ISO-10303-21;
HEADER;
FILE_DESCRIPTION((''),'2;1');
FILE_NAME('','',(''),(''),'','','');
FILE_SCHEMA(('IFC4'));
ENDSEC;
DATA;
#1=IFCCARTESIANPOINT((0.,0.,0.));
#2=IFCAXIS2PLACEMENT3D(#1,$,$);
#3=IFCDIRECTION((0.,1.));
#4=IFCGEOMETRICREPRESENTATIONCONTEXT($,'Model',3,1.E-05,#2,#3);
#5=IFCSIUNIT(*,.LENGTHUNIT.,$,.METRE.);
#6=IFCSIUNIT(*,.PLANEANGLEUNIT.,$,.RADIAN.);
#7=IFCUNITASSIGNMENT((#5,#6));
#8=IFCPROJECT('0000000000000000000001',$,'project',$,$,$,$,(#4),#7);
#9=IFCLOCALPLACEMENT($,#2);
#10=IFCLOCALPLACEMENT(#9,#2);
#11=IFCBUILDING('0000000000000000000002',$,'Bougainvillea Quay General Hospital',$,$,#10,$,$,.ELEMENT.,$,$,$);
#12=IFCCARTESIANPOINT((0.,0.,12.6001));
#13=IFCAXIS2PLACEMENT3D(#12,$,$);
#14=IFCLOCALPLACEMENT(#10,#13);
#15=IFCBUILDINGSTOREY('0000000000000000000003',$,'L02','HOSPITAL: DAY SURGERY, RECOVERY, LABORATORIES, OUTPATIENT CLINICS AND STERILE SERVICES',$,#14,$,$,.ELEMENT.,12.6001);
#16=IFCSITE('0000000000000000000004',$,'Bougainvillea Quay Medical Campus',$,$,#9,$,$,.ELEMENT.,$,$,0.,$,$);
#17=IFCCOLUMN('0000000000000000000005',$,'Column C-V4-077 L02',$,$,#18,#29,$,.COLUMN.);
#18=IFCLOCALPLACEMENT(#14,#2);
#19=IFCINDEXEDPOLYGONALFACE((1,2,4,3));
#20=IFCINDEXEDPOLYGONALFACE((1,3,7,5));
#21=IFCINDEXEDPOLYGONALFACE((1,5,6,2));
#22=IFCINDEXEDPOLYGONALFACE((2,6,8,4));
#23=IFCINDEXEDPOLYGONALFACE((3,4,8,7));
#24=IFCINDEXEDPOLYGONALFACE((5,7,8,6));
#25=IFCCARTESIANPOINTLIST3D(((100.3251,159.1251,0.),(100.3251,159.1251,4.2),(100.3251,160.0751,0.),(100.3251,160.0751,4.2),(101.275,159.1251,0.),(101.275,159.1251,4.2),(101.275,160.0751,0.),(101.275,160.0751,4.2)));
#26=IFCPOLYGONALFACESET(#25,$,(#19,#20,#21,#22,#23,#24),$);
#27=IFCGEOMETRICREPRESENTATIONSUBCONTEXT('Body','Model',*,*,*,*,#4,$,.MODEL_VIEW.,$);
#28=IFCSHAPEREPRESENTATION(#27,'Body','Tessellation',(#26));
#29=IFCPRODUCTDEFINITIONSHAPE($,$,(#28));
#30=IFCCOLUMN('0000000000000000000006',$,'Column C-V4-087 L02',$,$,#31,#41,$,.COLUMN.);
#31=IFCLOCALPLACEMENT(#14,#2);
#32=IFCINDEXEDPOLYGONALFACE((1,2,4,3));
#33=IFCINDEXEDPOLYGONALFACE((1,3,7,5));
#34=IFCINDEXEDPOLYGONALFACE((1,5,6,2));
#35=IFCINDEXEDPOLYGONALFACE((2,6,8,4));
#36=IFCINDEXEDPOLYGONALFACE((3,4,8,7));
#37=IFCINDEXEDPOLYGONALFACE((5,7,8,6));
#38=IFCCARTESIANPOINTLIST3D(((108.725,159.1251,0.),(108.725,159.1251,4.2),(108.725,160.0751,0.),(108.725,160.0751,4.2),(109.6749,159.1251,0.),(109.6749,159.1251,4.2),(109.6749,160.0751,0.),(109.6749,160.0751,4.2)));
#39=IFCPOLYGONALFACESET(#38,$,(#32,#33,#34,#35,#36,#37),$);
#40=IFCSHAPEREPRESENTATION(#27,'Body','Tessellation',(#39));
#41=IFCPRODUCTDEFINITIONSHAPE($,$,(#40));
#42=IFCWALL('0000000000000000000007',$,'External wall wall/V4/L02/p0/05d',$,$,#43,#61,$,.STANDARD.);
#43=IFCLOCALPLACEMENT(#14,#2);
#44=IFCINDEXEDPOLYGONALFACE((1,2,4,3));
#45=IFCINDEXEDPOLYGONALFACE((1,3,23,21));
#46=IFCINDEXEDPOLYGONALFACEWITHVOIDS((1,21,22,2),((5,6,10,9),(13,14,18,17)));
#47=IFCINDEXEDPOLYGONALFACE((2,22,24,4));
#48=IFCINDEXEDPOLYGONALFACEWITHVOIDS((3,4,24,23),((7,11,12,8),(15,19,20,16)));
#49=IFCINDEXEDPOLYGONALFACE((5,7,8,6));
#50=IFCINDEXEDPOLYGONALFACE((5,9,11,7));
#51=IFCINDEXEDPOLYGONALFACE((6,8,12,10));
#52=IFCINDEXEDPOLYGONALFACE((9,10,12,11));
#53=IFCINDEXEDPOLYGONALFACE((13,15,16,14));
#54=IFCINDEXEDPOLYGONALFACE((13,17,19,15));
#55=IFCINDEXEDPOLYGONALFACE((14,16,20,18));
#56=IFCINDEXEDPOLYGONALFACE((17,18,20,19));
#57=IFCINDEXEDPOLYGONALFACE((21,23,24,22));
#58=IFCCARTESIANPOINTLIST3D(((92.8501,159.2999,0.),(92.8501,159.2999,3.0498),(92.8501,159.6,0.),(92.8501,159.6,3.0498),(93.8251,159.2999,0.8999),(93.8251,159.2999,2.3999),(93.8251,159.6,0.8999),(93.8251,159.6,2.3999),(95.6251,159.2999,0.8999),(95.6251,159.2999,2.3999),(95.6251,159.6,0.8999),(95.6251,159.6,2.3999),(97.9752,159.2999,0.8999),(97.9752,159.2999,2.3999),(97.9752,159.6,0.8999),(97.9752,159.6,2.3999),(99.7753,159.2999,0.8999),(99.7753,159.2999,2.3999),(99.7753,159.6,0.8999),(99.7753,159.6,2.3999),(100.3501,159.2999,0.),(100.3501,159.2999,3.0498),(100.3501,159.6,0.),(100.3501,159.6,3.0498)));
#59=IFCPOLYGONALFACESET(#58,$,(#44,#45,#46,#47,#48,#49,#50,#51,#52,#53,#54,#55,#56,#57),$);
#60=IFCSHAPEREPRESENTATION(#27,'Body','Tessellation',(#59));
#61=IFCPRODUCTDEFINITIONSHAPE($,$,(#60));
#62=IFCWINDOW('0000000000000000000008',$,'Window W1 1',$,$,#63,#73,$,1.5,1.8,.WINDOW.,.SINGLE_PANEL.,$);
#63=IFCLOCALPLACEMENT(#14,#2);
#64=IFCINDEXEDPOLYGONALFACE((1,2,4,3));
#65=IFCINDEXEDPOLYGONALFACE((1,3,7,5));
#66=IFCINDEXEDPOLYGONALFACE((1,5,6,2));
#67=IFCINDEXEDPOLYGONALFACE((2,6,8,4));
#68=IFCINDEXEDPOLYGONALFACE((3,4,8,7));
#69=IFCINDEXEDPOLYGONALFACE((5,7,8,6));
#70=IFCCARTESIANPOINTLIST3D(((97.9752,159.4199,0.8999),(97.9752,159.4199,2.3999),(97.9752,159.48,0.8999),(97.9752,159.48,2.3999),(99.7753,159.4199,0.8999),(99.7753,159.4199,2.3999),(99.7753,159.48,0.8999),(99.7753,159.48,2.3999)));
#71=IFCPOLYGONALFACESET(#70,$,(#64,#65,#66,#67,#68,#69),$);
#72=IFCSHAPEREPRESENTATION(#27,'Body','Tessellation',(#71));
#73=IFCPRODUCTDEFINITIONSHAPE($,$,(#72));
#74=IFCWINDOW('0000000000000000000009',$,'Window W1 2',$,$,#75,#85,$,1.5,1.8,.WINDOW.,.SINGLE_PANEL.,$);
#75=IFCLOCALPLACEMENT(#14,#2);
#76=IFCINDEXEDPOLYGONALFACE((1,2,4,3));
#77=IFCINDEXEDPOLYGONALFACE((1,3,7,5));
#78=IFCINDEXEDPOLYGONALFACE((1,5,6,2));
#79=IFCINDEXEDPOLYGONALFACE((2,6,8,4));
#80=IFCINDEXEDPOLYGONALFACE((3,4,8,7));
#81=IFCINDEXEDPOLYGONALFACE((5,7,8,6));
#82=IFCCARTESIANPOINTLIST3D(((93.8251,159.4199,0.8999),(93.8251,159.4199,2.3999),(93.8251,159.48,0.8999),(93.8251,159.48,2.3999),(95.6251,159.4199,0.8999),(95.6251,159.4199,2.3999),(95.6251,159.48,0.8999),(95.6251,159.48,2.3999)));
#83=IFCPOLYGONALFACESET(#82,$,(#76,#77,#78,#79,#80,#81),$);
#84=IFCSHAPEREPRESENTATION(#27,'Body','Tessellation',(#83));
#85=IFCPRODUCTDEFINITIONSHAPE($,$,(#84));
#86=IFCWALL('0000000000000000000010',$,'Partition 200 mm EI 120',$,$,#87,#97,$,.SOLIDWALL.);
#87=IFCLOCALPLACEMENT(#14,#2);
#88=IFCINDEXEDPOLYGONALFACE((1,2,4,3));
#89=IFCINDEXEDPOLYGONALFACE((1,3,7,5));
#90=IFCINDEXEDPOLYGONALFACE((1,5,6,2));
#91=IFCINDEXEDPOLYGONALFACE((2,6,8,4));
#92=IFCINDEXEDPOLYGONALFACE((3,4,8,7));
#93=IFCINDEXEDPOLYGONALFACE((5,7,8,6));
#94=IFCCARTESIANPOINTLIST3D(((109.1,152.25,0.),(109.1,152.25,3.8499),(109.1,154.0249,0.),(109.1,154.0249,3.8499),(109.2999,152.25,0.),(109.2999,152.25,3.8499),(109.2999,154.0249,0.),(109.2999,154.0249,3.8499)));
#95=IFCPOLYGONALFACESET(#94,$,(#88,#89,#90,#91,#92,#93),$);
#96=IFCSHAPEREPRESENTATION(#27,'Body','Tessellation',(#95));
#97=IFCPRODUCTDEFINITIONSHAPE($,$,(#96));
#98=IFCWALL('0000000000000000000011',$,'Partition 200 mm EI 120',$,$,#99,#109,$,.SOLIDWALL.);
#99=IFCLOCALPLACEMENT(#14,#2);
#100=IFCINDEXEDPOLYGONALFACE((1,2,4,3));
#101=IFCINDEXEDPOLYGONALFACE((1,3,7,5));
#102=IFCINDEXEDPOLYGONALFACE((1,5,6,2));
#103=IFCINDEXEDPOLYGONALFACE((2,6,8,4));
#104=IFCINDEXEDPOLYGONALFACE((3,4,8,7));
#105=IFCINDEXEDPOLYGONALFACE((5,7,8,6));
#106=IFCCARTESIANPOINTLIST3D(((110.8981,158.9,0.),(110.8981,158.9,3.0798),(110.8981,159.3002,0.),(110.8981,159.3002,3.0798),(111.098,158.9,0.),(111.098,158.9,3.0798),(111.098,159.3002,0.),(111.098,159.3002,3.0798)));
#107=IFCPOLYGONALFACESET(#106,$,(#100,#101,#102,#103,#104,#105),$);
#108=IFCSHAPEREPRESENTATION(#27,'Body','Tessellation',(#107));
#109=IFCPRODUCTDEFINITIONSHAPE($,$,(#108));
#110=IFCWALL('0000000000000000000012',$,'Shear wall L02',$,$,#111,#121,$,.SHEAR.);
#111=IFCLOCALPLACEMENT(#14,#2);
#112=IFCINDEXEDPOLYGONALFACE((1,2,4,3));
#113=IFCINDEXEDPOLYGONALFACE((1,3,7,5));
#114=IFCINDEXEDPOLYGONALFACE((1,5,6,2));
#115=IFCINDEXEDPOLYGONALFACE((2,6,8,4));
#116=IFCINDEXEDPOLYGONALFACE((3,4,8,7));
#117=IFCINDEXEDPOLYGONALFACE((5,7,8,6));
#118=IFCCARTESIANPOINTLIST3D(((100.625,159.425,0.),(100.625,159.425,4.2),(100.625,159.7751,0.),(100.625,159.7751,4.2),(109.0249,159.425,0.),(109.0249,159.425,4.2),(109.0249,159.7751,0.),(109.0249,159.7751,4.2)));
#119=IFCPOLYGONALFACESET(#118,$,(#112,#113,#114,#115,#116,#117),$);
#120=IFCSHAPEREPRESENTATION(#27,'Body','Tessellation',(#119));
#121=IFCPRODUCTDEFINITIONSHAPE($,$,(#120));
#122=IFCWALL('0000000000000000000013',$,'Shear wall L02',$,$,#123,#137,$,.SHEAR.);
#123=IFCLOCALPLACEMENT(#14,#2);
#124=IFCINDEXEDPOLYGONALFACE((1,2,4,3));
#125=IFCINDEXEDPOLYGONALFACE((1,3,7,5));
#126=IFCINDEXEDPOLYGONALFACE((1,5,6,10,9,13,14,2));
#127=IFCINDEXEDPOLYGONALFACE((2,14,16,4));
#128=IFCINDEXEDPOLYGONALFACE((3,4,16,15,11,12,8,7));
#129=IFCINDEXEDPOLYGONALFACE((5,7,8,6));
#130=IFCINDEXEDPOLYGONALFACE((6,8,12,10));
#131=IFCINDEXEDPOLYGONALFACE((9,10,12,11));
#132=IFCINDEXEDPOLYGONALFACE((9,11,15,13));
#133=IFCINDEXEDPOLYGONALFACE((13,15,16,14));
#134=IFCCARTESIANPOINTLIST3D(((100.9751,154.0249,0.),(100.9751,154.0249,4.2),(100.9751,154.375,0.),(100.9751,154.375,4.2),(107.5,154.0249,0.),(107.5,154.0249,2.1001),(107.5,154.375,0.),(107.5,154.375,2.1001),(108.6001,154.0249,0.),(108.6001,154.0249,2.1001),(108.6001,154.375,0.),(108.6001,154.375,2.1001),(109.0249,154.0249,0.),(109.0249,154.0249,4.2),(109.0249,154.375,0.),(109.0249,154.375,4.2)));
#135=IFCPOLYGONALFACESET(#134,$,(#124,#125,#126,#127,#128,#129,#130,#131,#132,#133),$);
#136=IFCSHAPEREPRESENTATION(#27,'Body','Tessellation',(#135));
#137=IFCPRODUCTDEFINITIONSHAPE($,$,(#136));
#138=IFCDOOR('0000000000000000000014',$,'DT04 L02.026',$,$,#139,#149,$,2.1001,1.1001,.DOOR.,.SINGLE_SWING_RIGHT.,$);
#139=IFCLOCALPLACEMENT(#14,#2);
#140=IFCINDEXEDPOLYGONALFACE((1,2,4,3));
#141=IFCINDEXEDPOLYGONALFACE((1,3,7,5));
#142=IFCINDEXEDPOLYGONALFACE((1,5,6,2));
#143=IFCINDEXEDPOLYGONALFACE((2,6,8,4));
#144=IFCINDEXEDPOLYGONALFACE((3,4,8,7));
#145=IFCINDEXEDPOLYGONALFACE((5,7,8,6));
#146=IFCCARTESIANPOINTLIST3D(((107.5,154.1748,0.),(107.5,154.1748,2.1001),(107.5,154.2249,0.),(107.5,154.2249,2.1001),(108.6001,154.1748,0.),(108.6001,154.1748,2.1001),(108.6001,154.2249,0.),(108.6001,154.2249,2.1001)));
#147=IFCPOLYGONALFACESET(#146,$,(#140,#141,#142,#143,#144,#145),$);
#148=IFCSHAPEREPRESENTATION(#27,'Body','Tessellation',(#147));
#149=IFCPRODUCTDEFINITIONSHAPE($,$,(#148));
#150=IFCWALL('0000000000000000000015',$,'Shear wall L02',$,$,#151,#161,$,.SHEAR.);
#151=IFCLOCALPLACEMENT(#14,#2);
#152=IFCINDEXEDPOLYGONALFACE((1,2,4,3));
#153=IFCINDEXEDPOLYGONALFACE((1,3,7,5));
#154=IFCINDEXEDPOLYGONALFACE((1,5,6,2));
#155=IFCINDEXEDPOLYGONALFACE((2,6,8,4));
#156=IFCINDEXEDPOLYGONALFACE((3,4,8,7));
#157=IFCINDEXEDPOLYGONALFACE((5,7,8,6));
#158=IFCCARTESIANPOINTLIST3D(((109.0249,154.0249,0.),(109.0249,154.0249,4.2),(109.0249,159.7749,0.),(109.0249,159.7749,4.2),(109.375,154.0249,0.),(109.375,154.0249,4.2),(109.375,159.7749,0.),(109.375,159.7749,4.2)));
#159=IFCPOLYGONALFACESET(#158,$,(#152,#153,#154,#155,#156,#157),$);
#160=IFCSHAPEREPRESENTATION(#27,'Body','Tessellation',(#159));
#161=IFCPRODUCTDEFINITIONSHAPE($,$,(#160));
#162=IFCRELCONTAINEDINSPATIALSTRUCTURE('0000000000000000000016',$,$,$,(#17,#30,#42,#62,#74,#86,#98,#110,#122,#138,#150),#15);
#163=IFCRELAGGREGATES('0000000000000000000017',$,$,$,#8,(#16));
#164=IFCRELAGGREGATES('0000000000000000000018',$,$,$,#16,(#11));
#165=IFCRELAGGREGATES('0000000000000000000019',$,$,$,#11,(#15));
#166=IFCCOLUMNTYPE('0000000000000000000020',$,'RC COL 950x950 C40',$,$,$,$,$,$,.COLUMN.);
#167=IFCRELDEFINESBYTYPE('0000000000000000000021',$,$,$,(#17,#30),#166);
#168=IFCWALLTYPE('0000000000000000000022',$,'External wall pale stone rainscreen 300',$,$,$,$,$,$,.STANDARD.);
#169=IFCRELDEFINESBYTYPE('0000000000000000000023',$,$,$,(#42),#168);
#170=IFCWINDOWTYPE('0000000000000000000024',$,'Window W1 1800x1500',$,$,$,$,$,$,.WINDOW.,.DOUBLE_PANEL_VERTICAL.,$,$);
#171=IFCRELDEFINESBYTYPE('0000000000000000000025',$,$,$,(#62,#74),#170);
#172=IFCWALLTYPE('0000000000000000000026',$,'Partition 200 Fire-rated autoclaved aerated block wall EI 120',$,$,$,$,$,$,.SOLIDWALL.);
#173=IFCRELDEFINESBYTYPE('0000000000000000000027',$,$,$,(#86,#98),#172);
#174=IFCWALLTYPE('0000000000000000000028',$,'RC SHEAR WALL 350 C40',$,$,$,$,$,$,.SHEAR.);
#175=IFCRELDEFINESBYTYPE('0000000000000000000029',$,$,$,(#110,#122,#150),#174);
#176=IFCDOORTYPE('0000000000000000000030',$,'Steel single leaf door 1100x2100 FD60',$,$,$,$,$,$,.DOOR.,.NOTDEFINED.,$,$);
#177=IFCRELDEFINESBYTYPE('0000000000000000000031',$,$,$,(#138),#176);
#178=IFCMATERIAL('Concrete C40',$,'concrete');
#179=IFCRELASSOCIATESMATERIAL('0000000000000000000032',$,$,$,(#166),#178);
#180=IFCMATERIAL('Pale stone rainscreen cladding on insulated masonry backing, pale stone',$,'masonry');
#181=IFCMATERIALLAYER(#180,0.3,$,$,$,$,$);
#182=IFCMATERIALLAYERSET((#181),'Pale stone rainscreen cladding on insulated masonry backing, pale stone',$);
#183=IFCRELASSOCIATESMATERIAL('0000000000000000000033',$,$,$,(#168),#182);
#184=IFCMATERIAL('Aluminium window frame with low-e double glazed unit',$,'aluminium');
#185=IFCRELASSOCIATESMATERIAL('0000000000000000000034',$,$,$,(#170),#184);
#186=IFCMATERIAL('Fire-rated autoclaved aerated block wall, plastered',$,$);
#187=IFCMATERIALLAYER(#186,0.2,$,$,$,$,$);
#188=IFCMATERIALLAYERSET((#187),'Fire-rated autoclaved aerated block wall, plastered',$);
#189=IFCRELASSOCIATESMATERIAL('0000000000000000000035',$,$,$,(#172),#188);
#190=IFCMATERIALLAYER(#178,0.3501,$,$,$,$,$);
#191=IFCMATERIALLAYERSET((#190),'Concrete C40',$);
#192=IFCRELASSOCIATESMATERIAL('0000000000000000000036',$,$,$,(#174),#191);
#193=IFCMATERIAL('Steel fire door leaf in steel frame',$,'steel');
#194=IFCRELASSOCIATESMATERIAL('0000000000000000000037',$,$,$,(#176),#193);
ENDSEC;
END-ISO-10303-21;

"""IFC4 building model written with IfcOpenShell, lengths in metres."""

from ifc_helpers import new_model, si_unit, direction, frame, frame_2d, origin, origin_2d, place, context, subcontext, project, spatial, rectangle, extrude, material, layer, layer_set, material_profile, profile_set, type_object, element, fill, save


model = new_model("IFC4")

# Units and contexts
model_context = context("Model", 3, precision=1e-05, world=origin(), true_north=direction((0.0, 1.0)))
body_context = subcontext(model_context, "Body", "Model", "MODEL_VIEW")
ifc_project = project(units=[si_unit("LENGTHUNIT", "METRE"), si_unit("PLANEANGLEUNIT", "RADIAN")], contexts=[model_context])

# Site, building, storey
site_placement = place(None, origin())
site = spatial("IfcSite", under=ifc_project, at=site_placement, Name="Bougainvillea Quay Medical Campus", CompositionType="ELEMENT", RefElevation=0.0)
building_placement = place(site_placement, origin())
building = spatial("IfcBuilding", under=site, at=building_placement, Name="Bougainvillea Quay General Hospital", CompositionType="ELEMENT")
storey_placement = place(building_placement, frame((0.0, 0.0, 12.6001)))
storey = spatial("IfcBuildingStorey", under=building, at=storey_placement, Name="L02", Description="HOSPITAL: DAY SURGERY, RECOVERY, LABORATORIES, OUTPATIENT CLINICS AND STERILE SERVICES", CompositionType="ELEMENT", Elevation=12.6001)

# Columns
ifc_material_1 = material(Name="Concrete C40", Category="concrete")
ifc_material_profile = material_profile(ifc_material_1, rectangle(XDim=0.95, YDim=0.95, at=origin_2d()))
ifc_profile_set = profile_set([ifc_material_profile], Name="Concrete C40")
column_type = type_object("IfcColumnType", Name="RC COL 950x950 C40", PredefinedType="COLUMN", material=ifc_profile_set)
for number, where, z_axis, x_axis, name in (
    (1, (100.8, 159.6001, 0.0), (0.0, 0.0, 1.0), (1.0, 0.0, 0.0), "Column C-V4-077 L02"),
    (2, (109.2, 159.6001, 0.0), (0.0, 0.0, 1.0), (1.0, 0.0, 0.0), "Column C-V4-087 L02"),
):
    element("IfcColumn", number, at=place(storey_placement, frame(where, z_axis=z_axis, x_axis=x_axis)), inside=storey, type_object=column_type, Name=name, PredefinedType="COLUMN", context=body_context, shape_type="SweptSolid", body=[
        extrude(rectangle(XDim=0.95, YDim=0.95, at=origin_2d()), origin(), (0.0, 0.0, 1.0), 4.2),
    ])

# Wall, openings, windows
ifc_material_2 = material(Name="Pale stone rainscreen cladding on insulated masonry backing, pale stone", Category="masonry")
ifc_layer_1 = layer(ifc_material_2, 0.3)
ifc_layer_set_1 = layer_set([ifc_layer_1], Name="Pale stone rainscreen cladding on insulated masonry backing, pale stone")
wall_type_1 = type_object("IfcWallType", Name="External wall pale stone rainscreen 300", PredefinedType="STANDARD", material=ifc_layer_set_1)
wall_1_placement = place(storey_placement, frame((100.3501, 159.45, 0.0), z_axis=(0.0, 0.0, 1.0), x_axis=(-1.0, 0.0, 0.0)))
wall_1 = element("IfcWall", 3, at=wall_1_placement, inside=storey, type_object=wall_type_1, Name="External wall wall/V4/L02/p0/05d", PredefinedType="STANDARD", context=body_context, shape_type="SweptSolid", body=[
    extrude(rectangle(XDim=7.5, YDim=0.3, at=frame_2d((3.75, 0.0))), origin(), (0.0, 0.0, 1.0), 3.0498),
])
opening_1_placement = place(wall_1_placement, frame((0.575, 0.0, 0.8999)))
opening_1 = element("IfcOpeningElement", 4, at=opening_1_placement, cuts=wall_1, PredefinedType="OPENING", context=body_context, shape_type="SweptSolid", body=[
    extrude(rectangle(XDim=1.8, YDim=1.5, at=frame_2d((0.8999, 0.75))), frame((0.0, 0.1599, 0.0), z_axis=(0.0, -1.0, 0.0), x_axis=(1.0, 0.0, 0.0)), (0.0, 0.0, 1.0), 0.3201),
])
opening_2_placement = place(wall_1_placement, frame((4.7251, 0.0, 0.8999)))
opening_2 = element("IfcOpeningElement", 5, at=opening_2_placement, cuts=wall_1, PredefinedType="OPENING", context=body_context, shape_type="SweptSolid", body=[
    extrude(rectangle(XDim=1.8, YDim=1.5, at=frame_2d((0.8999, 0.75))), frame((0.0, 0.1599, 0.0), z_axis=(0.0, -1.0, 0.0), x_axis=(1.0, 0.0, 0.0)), (0.0, 0.0, 1.0), 0.3201),
])
ifc_material_3 = material(Name="Aluminium window frame with low-e double glazed unit", Category="aluminium")
window_type = type_object("IfcWindowType", Name="Window W1 1800x1500", PartitioningType="DOUBLE_PANEL_VERTICAL", PredefinedType="WINDOW", material=ifc_material_3)
window_1_placement = place(opening_1_placement, origin())
window_1 = element("IfcWindow", 6, at=window_1_placement, inside=storey, type_object=window_type, Name="Window W1 1", OverallHeight=1.5, OverallWidth=1.8, PartitioningType="SINGLE_PANEL", PredefinedType="WINDOW", context=body_context, shape_type="SweptSolid", body=[
    extrude(rectangle(XDim=1.8, YDim=1.5, at=frame_2d((0.8999, 0.75))), frame((0.0, 0.03, 0.0), z_axis=(0.0, -1.0, 0.0), x_axis=(1.0, 0.0, 0.0)), (0.0, 0.0, 1.0), 0.0601),
])
fill(opening_1, window_1)
window_2_placement = place(opening_2_placement, origin())
window_2 = element("IfcWindow", 7, at=window_2_placement, inside=storey, type_object=window_type, Name="Window W1 2", OverallHeight=1.5, OverallWidth=1.8, PartitioningType="SINGLE_PANEL", PredefinedType="WINDOW", context=body_context, shape_type="SweptSolid", body=[
    extrude(rectangle(XDim=1.8, YDim=1.5, at=frame_2d((0.8999, 0.75))), frame((0.0, 0.03, 0.0), z_axis=(0.0, -1.0, 0.0), x_axis=(1.0, 0.0, 0.0)), (0.0, 0.0, 1.0), 0.0601),
])
fill(opening_2, window_2)

# Walls
ifc_material_4 = material(Name="Fire-rated autoclaved aerated block wall, plastered")
ifc_layer_2 = layer(ifc_material_4, 0.2)
ifc_layer_set_2 = layer_set([ifc_layer_2], Name="Fire-rated autoclaved aerated block wall, plastered")
wall_type_2 = type_object("IfcWallType", Name="Partition 200 Fire-rated autoclaved aerated block wall EI 120", PredefinedType="SOLIDWALL", material=ifc_layer_set_2)
wall_2_placement = place(storey_placement, frame((109.2, 154.0249, 0.0), z_axis=(0.0, 0.0, 1.0), x_axis=(0.0, -1.0, 0.0)))
element("IfcWall", 8, at=wall_2_placement, inside=storey, type_object=wall_type_2, Name="Partition 200 mm EI 120", PredefinedType="SOLIDWALL", context=body_context, shape_type="SweptSolid", body=[
    extrude(rectangle(XDim=1.7749, YDim=0.2, at=frame_2d((0.8875, 0.0))), origin(), (0.0, 0.0, 1.0), 3.8499),
])
wall_3_placement = place(storey_placement, frame((110.998, 158.8999, 0.0), z_axis=(0.0, 0.0, 1.0), x_axis=(0.0, 1.0, 0.0)))
element("IfcWall", 9, at=wall_3_placement, inside=storey, type_object=wall_type_2, Name="Partition 200 mm EI 120", PredefinedType="SOLIDWALL", context=body_context, shape_type="SweptSolid", body=[
    extrude(rectangle(XDim=0.4001, YDim=0.2, at=frame_2d((0.2002, 0.0))), origin(), (0.0, 0.0, 1.0), 3.0798),
])
ifc_layer_3 = layer(ifc_material_1, 0.3501)
ifc_layer_set_3 = layer_set([ifc_layer_3], Name="Concrete C40")
wall_type_3 = type_object("IfcWallType", Name="RC SHEAR WALL 350 C40", PredefinedType="SHEAR", material=ifc_layer_set_3)
wall_4_placement = place(storey_placement, frame((100.625, 159.6001, 0.0), z_axis=(0.0, 0.0, 1.0), x_axis=(1.0, 0.0, 0.0)))
element("IfcWall", 10, at=wall_4_placement, inside=storey, type_object=wall_type_3, Name="Shear wall L02", PredefinedType="SHEAR", context=body_context, shape_type="SweptSolid", body=[
    extrude(rectangle(XDim=8.3999, YDim=0.3501, at=frame_2d((4.2, 0.0))), origin(), (0.0, 0.0, 1.0), 4.2),
])

# Wall, opening, door
wall_5_placement = place(storey_placement, frame((100.9751, 154.2, 0.0), z_axis=(0.0, 0.0, 1.0), x_axis=(1.0, 0.0, 0.0)))
wall_5 = element("IfcWall", 11, at=wall_5_placement, inside=storey, type_object=wall_type_3, Name="Shear wall L02", PredefinedType="SHEAR", context=body_context, shape_type="SweptSolid", body=[
    extrude(rectangle(XDim=8.0498, YDim=0.3501, at=frame_2d((4.0249, 0.0))), origin(), (0.0, 0.0, 1.0), 4.2),
])
opening_3_placement = place(wall_5_placement, frame((6.5249, 0.0, 0.0)))
opening_3 = element("IfcOpeningElement", 12, at=opening_3_placement, cuts=wall_5, PredefinedType="OPENING", context=body_context, shape_type="SweptSolid", body=[
    extrude(rectangle(XDim=1.1001, YDim=2.1001, at=frame_2d((0.55, 1.05))), frame((0.0, 0.1851, 0.0), z_axis=(0.0, -1.0, 0.0), x_axis=(1.0, 0.0, 0.0)), (0.0, 0.0, 1.0), 0.3701),
])
ifc_material_5 = material(Name="Steel fire door leaf in steel frame", Category="steel")
door_type = type_object("IfcDoorType", Name="Steel single leaf door 1100x2100 FD60", OperationType="NOTDEFINED", PredefinedType="DOOR", material=ifc_material_5)
door_placement = place(opening_3_placement, origin())
door = element("IfcDoor", 13, at=door_placement, inside=storey, type_object=door_type, Name="DT04 L02.026", OperationType="SINGLE_SWING_RIGHT", OverallHeight=2.1001, OverallWidth=1.1001, PredefinedType="DOOR", context=body_context, shape_type="SweptSolid", body=[
    extrude(rectangle(XDim=1.1001, YDim=2.1001, at=frame_2d((0.55, 1.05))), frame((0.0, 0.0249, 0.0), z_axis=(0.0, -1.0, 0.0), x_axis=(1.0, 0.0, 0.0)), (0.0, 0.0, 1.0), 0.05),
])
fill(opening_3, door)

# Wall
wall_6_placement = place(storey_placement, frame((109.2, 154.0249, 0.0), z_axis=(0.0, 0.0, 1.0), x_axis=(0.0, 1.0, 0.0)))
element("IfcWall", 14, at=wall_6_placement, inside=storey, type_object=wall_type_3, Name="Shear wall L02", PredefinedType="SHEAR", context=body_context, shape_type="SweptSolid", body=[
    extrude(rectangle(XDim=5.75, YDim=0.3501, at=frame_2d((2.875, 0.0))), origin(), (0.0, 0.0, 1.0), 4.2),
])

save(model, "model.ifc")
